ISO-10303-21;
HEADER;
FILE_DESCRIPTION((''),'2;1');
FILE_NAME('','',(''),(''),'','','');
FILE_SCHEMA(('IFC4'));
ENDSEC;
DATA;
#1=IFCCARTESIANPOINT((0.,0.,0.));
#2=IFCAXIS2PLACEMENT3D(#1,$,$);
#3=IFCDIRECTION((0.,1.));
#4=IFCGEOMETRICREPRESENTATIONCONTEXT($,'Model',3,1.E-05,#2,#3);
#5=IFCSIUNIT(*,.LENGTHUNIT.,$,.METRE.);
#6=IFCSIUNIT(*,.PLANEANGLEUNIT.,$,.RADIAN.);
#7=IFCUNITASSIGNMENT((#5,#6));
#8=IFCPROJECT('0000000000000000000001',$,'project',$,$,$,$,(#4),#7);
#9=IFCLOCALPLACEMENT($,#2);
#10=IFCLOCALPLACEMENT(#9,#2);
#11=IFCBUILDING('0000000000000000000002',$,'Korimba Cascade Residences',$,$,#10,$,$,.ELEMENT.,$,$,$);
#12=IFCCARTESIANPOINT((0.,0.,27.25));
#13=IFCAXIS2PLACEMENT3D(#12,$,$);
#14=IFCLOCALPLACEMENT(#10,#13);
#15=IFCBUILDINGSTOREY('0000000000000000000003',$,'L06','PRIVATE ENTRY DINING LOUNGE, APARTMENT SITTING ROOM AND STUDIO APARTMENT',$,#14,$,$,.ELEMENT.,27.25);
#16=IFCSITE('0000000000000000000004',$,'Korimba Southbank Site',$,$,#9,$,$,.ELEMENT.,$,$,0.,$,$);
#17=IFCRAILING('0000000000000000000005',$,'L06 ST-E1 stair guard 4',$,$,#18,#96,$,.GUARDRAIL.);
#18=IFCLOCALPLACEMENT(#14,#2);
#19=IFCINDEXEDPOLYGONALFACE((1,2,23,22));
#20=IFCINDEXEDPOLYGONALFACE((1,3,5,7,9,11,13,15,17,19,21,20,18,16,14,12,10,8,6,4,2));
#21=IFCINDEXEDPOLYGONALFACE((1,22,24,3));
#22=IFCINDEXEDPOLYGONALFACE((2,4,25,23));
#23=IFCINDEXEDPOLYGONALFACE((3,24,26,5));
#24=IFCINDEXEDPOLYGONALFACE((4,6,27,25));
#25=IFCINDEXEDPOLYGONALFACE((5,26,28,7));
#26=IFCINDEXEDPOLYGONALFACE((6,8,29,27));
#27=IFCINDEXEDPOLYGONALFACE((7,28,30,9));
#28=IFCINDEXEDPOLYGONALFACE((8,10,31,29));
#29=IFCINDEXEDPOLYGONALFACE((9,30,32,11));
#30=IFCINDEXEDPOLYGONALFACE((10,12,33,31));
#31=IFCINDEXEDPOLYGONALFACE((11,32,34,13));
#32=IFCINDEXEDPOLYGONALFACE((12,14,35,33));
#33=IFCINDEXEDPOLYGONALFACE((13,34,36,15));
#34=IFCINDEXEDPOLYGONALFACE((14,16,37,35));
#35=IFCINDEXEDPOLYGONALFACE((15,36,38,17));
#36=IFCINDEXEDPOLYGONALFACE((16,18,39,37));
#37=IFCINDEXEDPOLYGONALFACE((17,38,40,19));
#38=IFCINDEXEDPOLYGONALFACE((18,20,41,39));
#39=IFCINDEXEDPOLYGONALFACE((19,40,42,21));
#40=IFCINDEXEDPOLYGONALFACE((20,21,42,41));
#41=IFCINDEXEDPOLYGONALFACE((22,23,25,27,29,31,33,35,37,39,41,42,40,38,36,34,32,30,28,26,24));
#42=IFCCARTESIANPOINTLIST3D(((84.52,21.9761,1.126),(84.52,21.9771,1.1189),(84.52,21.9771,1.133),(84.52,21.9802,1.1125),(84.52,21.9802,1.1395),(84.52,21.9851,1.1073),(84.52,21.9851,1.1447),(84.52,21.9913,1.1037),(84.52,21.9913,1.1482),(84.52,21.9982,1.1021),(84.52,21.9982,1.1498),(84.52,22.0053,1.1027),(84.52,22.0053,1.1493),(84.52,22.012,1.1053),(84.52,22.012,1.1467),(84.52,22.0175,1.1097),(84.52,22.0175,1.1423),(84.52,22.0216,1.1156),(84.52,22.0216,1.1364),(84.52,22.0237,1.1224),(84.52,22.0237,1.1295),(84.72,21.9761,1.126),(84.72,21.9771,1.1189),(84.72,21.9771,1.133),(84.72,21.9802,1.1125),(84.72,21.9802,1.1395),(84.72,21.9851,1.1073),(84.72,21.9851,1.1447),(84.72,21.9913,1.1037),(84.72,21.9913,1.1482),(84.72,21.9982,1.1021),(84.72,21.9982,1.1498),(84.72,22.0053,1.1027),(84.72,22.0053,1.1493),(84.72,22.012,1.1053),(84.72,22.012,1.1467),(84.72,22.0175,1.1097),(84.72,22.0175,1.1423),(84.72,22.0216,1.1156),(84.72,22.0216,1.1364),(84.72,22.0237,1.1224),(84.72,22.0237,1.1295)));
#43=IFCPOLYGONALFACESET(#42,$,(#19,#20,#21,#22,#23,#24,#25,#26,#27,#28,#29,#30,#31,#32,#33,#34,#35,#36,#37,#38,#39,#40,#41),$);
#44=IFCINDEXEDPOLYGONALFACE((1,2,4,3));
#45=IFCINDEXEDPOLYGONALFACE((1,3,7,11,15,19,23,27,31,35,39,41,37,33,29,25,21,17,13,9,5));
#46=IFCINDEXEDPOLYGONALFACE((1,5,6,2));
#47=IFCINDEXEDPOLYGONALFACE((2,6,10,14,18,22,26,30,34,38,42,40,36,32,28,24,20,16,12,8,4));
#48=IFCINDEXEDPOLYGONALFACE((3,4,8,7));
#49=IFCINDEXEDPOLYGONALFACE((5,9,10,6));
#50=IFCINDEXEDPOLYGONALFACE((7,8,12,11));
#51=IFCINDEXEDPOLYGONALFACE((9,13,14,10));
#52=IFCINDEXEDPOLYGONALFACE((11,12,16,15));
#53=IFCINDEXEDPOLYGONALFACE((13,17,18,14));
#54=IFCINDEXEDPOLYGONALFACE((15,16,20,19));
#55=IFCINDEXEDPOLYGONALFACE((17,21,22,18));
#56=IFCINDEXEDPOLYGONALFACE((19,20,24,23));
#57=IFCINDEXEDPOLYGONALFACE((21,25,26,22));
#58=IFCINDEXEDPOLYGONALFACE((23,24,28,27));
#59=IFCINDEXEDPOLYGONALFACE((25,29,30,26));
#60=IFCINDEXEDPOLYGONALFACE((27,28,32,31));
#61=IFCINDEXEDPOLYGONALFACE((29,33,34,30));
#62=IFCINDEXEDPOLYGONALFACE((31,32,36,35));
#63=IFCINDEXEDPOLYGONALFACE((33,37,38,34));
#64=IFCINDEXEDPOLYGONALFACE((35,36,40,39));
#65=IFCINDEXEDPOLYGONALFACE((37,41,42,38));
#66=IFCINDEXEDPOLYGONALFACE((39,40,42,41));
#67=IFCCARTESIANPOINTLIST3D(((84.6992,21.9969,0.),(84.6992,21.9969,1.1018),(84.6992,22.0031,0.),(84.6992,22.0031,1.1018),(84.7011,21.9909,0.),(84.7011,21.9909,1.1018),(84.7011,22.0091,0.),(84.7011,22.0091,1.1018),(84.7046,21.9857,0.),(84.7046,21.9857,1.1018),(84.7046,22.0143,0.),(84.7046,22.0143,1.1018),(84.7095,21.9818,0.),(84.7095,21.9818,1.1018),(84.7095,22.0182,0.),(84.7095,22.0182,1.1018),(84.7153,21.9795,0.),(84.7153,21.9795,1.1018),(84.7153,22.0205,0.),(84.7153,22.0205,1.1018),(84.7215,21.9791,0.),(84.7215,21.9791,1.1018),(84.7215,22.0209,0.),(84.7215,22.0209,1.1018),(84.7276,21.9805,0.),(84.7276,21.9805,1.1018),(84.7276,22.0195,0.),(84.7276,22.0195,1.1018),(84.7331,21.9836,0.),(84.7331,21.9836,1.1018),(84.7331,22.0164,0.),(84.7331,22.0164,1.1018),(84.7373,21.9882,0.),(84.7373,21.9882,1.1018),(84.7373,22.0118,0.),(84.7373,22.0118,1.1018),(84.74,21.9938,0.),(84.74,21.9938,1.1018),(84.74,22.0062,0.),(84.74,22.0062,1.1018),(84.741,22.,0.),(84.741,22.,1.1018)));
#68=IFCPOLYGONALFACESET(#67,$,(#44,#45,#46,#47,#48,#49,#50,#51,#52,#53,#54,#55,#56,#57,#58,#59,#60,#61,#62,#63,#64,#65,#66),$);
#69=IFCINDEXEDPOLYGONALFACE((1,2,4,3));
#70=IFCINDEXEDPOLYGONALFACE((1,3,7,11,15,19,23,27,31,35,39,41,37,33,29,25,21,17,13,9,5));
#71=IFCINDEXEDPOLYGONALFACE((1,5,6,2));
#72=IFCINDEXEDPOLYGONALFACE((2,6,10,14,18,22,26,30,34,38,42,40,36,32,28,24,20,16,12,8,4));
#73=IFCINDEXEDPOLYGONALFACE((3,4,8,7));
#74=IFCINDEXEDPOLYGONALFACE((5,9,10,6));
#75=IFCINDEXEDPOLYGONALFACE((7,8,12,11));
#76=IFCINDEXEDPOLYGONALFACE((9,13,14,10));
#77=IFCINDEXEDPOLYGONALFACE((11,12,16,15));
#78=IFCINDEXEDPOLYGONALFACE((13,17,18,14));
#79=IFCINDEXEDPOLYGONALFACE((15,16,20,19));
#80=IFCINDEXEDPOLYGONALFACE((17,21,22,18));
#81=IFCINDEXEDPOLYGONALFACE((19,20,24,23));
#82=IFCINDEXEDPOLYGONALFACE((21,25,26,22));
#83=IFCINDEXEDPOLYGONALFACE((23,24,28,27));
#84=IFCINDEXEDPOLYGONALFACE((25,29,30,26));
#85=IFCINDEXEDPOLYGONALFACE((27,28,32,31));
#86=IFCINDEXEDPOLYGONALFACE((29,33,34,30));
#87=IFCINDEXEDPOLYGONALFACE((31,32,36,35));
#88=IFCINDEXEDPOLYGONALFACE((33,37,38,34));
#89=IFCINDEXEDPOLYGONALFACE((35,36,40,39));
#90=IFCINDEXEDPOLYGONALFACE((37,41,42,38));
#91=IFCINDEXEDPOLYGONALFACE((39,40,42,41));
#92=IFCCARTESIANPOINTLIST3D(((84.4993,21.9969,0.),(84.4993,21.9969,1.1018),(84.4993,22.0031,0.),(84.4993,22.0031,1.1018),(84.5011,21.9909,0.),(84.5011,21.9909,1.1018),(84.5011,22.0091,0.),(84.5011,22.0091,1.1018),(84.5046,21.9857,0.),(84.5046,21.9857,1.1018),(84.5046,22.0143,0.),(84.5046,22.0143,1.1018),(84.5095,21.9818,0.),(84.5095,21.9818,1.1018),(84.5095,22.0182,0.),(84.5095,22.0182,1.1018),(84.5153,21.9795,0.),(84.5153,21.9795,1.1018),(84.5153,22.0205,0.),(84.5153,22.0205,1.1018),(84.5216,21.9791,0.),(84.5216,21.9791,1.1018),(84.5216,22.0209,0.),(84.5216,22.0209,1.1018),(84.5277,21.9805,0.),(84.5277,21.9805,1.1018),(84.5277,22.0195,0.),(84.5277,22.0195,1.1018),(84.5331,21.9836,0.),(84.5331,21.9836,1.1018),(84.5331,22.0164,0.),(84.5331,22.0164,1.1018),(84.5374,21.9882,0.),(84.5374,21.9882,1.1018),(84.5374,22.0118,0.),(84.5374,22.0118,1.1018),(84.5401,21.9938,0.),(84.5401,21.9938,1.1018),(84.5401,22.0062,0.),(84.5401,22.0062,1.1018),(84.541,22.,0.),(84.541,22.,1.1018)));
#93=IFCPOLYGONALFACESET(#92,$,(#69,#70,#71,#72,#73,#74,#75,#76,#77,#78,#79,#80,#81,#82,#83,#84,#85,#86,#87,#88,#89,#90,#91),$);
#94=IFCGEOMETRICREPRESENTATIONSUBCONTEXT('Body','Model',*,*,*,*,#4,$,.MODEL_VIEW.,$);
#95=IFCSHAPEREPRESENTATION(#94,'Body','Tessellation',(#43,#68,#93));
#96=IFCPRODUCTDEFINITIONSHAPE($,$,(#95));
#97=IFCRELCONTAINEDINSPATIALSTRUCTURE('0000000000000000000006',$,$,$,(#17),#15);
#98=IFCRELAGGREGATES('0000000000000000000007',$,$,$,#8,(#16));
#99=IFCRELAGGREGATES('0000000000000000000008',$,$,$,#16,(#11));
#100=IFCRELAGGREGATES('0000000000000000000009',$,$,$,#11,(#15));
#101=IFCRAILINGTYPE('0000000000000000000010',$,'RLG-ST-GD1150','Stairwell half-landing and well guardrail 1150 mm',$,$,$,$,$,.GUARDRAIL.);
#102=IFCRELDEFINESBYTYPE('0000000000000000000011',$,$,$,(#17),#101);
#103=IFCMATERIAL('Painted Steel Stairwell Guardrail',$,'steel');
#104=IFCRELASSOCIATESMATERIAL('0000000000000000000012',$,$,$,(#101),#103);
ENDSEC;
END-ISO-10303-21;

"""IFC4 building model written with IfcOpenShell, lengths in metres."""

from ifc_helpers import new_model, si_unit, direction, frame, origin, origin_2d, place, context, subcontext, project, spatial, circle, extrude, material, type_object, element, save


model = new_model("IFC4")

# Units and contexts
model_context = context("Model", 3, precision=1e-05, world=origin(), true_north=direction((0.0, 1.0)))
body_context = subcontext(model_context, "Body", "Model", "MODEL_VIEW")
ifc_project = project(units=[si_unit("LENGTHUNIT", "METRE"), si_unit("PLANEANGLEUNIT", "RADIAN")], contexts=[model_context])

# Site, building, storey
site_placement = place(None, origin())
site = spatial("IfcSite", under=ifc_project, at=site_placement, Name="Korimba Southbank Site", CompositionType="ELEMENT", RefElevation=0.0)
building_placement = place(site_placement, origin())
building = spatial("IfcBuilding", under=site, at=building_placement, Name="Korimba Cascade Residences", CompositionType="ELEMENT")
storey_placement = place(building_placement, frame((0.0, 0.0, 27.25)))
storey = spatial("IfcBuildingStorey", under=building, at=storey_placement, Name="L06", Description="PRIVATE ENTRY DINING LOUNGE, APARTMENT SITTING ROOM AND STUDIO APARTMENT", CompositionType="ELEMENT", Elevation=27.25)

# Railing
ifc_material_1 = material(Name="Painted Steel Stairwell Guardrail", Category="steel")
railing_type_1 = type_object("IfcRailingType", Name="RLG-ST-GD1150", Description="Stairwell half-landing and well guardrail 1150 mm", PredefinedType="GUARDRAIL", material=ifc_material_1)
railing_1_placement = place(storey_placement, frame((84.72, 22.0, 0.0)))
element("IfcRailing", 1, at=railing_1_placement, inside=storey, type_object=railing_type_1, Name="L06 ST-E1 stair guard 4", PredefinedType="GUARDRAIL", context=body_context, shape_type="SweptSolid", body=[
    extrude(circle(Radius=0.0239, at=origin_2d()), frame((0.0, 0.0, 1.126), z_axis=(-1.0, 0.0, 0.0), x_axis=(0.0, -1.0, 0.0)), (0.0, 0.0, 1.0), 0.2),
    extrude(circle(Radius=0.021, at=origin_2d()), origin(), (0.0, 0.0, 1.0), 1.1018),
    extrude(circle(Radius=0.021, at=origin_2d()), frame((-0.2, 0.0, 0.0)), (0.0, 0.0, 1.0), 1.1018),
])

save(model, "model.ifc")
